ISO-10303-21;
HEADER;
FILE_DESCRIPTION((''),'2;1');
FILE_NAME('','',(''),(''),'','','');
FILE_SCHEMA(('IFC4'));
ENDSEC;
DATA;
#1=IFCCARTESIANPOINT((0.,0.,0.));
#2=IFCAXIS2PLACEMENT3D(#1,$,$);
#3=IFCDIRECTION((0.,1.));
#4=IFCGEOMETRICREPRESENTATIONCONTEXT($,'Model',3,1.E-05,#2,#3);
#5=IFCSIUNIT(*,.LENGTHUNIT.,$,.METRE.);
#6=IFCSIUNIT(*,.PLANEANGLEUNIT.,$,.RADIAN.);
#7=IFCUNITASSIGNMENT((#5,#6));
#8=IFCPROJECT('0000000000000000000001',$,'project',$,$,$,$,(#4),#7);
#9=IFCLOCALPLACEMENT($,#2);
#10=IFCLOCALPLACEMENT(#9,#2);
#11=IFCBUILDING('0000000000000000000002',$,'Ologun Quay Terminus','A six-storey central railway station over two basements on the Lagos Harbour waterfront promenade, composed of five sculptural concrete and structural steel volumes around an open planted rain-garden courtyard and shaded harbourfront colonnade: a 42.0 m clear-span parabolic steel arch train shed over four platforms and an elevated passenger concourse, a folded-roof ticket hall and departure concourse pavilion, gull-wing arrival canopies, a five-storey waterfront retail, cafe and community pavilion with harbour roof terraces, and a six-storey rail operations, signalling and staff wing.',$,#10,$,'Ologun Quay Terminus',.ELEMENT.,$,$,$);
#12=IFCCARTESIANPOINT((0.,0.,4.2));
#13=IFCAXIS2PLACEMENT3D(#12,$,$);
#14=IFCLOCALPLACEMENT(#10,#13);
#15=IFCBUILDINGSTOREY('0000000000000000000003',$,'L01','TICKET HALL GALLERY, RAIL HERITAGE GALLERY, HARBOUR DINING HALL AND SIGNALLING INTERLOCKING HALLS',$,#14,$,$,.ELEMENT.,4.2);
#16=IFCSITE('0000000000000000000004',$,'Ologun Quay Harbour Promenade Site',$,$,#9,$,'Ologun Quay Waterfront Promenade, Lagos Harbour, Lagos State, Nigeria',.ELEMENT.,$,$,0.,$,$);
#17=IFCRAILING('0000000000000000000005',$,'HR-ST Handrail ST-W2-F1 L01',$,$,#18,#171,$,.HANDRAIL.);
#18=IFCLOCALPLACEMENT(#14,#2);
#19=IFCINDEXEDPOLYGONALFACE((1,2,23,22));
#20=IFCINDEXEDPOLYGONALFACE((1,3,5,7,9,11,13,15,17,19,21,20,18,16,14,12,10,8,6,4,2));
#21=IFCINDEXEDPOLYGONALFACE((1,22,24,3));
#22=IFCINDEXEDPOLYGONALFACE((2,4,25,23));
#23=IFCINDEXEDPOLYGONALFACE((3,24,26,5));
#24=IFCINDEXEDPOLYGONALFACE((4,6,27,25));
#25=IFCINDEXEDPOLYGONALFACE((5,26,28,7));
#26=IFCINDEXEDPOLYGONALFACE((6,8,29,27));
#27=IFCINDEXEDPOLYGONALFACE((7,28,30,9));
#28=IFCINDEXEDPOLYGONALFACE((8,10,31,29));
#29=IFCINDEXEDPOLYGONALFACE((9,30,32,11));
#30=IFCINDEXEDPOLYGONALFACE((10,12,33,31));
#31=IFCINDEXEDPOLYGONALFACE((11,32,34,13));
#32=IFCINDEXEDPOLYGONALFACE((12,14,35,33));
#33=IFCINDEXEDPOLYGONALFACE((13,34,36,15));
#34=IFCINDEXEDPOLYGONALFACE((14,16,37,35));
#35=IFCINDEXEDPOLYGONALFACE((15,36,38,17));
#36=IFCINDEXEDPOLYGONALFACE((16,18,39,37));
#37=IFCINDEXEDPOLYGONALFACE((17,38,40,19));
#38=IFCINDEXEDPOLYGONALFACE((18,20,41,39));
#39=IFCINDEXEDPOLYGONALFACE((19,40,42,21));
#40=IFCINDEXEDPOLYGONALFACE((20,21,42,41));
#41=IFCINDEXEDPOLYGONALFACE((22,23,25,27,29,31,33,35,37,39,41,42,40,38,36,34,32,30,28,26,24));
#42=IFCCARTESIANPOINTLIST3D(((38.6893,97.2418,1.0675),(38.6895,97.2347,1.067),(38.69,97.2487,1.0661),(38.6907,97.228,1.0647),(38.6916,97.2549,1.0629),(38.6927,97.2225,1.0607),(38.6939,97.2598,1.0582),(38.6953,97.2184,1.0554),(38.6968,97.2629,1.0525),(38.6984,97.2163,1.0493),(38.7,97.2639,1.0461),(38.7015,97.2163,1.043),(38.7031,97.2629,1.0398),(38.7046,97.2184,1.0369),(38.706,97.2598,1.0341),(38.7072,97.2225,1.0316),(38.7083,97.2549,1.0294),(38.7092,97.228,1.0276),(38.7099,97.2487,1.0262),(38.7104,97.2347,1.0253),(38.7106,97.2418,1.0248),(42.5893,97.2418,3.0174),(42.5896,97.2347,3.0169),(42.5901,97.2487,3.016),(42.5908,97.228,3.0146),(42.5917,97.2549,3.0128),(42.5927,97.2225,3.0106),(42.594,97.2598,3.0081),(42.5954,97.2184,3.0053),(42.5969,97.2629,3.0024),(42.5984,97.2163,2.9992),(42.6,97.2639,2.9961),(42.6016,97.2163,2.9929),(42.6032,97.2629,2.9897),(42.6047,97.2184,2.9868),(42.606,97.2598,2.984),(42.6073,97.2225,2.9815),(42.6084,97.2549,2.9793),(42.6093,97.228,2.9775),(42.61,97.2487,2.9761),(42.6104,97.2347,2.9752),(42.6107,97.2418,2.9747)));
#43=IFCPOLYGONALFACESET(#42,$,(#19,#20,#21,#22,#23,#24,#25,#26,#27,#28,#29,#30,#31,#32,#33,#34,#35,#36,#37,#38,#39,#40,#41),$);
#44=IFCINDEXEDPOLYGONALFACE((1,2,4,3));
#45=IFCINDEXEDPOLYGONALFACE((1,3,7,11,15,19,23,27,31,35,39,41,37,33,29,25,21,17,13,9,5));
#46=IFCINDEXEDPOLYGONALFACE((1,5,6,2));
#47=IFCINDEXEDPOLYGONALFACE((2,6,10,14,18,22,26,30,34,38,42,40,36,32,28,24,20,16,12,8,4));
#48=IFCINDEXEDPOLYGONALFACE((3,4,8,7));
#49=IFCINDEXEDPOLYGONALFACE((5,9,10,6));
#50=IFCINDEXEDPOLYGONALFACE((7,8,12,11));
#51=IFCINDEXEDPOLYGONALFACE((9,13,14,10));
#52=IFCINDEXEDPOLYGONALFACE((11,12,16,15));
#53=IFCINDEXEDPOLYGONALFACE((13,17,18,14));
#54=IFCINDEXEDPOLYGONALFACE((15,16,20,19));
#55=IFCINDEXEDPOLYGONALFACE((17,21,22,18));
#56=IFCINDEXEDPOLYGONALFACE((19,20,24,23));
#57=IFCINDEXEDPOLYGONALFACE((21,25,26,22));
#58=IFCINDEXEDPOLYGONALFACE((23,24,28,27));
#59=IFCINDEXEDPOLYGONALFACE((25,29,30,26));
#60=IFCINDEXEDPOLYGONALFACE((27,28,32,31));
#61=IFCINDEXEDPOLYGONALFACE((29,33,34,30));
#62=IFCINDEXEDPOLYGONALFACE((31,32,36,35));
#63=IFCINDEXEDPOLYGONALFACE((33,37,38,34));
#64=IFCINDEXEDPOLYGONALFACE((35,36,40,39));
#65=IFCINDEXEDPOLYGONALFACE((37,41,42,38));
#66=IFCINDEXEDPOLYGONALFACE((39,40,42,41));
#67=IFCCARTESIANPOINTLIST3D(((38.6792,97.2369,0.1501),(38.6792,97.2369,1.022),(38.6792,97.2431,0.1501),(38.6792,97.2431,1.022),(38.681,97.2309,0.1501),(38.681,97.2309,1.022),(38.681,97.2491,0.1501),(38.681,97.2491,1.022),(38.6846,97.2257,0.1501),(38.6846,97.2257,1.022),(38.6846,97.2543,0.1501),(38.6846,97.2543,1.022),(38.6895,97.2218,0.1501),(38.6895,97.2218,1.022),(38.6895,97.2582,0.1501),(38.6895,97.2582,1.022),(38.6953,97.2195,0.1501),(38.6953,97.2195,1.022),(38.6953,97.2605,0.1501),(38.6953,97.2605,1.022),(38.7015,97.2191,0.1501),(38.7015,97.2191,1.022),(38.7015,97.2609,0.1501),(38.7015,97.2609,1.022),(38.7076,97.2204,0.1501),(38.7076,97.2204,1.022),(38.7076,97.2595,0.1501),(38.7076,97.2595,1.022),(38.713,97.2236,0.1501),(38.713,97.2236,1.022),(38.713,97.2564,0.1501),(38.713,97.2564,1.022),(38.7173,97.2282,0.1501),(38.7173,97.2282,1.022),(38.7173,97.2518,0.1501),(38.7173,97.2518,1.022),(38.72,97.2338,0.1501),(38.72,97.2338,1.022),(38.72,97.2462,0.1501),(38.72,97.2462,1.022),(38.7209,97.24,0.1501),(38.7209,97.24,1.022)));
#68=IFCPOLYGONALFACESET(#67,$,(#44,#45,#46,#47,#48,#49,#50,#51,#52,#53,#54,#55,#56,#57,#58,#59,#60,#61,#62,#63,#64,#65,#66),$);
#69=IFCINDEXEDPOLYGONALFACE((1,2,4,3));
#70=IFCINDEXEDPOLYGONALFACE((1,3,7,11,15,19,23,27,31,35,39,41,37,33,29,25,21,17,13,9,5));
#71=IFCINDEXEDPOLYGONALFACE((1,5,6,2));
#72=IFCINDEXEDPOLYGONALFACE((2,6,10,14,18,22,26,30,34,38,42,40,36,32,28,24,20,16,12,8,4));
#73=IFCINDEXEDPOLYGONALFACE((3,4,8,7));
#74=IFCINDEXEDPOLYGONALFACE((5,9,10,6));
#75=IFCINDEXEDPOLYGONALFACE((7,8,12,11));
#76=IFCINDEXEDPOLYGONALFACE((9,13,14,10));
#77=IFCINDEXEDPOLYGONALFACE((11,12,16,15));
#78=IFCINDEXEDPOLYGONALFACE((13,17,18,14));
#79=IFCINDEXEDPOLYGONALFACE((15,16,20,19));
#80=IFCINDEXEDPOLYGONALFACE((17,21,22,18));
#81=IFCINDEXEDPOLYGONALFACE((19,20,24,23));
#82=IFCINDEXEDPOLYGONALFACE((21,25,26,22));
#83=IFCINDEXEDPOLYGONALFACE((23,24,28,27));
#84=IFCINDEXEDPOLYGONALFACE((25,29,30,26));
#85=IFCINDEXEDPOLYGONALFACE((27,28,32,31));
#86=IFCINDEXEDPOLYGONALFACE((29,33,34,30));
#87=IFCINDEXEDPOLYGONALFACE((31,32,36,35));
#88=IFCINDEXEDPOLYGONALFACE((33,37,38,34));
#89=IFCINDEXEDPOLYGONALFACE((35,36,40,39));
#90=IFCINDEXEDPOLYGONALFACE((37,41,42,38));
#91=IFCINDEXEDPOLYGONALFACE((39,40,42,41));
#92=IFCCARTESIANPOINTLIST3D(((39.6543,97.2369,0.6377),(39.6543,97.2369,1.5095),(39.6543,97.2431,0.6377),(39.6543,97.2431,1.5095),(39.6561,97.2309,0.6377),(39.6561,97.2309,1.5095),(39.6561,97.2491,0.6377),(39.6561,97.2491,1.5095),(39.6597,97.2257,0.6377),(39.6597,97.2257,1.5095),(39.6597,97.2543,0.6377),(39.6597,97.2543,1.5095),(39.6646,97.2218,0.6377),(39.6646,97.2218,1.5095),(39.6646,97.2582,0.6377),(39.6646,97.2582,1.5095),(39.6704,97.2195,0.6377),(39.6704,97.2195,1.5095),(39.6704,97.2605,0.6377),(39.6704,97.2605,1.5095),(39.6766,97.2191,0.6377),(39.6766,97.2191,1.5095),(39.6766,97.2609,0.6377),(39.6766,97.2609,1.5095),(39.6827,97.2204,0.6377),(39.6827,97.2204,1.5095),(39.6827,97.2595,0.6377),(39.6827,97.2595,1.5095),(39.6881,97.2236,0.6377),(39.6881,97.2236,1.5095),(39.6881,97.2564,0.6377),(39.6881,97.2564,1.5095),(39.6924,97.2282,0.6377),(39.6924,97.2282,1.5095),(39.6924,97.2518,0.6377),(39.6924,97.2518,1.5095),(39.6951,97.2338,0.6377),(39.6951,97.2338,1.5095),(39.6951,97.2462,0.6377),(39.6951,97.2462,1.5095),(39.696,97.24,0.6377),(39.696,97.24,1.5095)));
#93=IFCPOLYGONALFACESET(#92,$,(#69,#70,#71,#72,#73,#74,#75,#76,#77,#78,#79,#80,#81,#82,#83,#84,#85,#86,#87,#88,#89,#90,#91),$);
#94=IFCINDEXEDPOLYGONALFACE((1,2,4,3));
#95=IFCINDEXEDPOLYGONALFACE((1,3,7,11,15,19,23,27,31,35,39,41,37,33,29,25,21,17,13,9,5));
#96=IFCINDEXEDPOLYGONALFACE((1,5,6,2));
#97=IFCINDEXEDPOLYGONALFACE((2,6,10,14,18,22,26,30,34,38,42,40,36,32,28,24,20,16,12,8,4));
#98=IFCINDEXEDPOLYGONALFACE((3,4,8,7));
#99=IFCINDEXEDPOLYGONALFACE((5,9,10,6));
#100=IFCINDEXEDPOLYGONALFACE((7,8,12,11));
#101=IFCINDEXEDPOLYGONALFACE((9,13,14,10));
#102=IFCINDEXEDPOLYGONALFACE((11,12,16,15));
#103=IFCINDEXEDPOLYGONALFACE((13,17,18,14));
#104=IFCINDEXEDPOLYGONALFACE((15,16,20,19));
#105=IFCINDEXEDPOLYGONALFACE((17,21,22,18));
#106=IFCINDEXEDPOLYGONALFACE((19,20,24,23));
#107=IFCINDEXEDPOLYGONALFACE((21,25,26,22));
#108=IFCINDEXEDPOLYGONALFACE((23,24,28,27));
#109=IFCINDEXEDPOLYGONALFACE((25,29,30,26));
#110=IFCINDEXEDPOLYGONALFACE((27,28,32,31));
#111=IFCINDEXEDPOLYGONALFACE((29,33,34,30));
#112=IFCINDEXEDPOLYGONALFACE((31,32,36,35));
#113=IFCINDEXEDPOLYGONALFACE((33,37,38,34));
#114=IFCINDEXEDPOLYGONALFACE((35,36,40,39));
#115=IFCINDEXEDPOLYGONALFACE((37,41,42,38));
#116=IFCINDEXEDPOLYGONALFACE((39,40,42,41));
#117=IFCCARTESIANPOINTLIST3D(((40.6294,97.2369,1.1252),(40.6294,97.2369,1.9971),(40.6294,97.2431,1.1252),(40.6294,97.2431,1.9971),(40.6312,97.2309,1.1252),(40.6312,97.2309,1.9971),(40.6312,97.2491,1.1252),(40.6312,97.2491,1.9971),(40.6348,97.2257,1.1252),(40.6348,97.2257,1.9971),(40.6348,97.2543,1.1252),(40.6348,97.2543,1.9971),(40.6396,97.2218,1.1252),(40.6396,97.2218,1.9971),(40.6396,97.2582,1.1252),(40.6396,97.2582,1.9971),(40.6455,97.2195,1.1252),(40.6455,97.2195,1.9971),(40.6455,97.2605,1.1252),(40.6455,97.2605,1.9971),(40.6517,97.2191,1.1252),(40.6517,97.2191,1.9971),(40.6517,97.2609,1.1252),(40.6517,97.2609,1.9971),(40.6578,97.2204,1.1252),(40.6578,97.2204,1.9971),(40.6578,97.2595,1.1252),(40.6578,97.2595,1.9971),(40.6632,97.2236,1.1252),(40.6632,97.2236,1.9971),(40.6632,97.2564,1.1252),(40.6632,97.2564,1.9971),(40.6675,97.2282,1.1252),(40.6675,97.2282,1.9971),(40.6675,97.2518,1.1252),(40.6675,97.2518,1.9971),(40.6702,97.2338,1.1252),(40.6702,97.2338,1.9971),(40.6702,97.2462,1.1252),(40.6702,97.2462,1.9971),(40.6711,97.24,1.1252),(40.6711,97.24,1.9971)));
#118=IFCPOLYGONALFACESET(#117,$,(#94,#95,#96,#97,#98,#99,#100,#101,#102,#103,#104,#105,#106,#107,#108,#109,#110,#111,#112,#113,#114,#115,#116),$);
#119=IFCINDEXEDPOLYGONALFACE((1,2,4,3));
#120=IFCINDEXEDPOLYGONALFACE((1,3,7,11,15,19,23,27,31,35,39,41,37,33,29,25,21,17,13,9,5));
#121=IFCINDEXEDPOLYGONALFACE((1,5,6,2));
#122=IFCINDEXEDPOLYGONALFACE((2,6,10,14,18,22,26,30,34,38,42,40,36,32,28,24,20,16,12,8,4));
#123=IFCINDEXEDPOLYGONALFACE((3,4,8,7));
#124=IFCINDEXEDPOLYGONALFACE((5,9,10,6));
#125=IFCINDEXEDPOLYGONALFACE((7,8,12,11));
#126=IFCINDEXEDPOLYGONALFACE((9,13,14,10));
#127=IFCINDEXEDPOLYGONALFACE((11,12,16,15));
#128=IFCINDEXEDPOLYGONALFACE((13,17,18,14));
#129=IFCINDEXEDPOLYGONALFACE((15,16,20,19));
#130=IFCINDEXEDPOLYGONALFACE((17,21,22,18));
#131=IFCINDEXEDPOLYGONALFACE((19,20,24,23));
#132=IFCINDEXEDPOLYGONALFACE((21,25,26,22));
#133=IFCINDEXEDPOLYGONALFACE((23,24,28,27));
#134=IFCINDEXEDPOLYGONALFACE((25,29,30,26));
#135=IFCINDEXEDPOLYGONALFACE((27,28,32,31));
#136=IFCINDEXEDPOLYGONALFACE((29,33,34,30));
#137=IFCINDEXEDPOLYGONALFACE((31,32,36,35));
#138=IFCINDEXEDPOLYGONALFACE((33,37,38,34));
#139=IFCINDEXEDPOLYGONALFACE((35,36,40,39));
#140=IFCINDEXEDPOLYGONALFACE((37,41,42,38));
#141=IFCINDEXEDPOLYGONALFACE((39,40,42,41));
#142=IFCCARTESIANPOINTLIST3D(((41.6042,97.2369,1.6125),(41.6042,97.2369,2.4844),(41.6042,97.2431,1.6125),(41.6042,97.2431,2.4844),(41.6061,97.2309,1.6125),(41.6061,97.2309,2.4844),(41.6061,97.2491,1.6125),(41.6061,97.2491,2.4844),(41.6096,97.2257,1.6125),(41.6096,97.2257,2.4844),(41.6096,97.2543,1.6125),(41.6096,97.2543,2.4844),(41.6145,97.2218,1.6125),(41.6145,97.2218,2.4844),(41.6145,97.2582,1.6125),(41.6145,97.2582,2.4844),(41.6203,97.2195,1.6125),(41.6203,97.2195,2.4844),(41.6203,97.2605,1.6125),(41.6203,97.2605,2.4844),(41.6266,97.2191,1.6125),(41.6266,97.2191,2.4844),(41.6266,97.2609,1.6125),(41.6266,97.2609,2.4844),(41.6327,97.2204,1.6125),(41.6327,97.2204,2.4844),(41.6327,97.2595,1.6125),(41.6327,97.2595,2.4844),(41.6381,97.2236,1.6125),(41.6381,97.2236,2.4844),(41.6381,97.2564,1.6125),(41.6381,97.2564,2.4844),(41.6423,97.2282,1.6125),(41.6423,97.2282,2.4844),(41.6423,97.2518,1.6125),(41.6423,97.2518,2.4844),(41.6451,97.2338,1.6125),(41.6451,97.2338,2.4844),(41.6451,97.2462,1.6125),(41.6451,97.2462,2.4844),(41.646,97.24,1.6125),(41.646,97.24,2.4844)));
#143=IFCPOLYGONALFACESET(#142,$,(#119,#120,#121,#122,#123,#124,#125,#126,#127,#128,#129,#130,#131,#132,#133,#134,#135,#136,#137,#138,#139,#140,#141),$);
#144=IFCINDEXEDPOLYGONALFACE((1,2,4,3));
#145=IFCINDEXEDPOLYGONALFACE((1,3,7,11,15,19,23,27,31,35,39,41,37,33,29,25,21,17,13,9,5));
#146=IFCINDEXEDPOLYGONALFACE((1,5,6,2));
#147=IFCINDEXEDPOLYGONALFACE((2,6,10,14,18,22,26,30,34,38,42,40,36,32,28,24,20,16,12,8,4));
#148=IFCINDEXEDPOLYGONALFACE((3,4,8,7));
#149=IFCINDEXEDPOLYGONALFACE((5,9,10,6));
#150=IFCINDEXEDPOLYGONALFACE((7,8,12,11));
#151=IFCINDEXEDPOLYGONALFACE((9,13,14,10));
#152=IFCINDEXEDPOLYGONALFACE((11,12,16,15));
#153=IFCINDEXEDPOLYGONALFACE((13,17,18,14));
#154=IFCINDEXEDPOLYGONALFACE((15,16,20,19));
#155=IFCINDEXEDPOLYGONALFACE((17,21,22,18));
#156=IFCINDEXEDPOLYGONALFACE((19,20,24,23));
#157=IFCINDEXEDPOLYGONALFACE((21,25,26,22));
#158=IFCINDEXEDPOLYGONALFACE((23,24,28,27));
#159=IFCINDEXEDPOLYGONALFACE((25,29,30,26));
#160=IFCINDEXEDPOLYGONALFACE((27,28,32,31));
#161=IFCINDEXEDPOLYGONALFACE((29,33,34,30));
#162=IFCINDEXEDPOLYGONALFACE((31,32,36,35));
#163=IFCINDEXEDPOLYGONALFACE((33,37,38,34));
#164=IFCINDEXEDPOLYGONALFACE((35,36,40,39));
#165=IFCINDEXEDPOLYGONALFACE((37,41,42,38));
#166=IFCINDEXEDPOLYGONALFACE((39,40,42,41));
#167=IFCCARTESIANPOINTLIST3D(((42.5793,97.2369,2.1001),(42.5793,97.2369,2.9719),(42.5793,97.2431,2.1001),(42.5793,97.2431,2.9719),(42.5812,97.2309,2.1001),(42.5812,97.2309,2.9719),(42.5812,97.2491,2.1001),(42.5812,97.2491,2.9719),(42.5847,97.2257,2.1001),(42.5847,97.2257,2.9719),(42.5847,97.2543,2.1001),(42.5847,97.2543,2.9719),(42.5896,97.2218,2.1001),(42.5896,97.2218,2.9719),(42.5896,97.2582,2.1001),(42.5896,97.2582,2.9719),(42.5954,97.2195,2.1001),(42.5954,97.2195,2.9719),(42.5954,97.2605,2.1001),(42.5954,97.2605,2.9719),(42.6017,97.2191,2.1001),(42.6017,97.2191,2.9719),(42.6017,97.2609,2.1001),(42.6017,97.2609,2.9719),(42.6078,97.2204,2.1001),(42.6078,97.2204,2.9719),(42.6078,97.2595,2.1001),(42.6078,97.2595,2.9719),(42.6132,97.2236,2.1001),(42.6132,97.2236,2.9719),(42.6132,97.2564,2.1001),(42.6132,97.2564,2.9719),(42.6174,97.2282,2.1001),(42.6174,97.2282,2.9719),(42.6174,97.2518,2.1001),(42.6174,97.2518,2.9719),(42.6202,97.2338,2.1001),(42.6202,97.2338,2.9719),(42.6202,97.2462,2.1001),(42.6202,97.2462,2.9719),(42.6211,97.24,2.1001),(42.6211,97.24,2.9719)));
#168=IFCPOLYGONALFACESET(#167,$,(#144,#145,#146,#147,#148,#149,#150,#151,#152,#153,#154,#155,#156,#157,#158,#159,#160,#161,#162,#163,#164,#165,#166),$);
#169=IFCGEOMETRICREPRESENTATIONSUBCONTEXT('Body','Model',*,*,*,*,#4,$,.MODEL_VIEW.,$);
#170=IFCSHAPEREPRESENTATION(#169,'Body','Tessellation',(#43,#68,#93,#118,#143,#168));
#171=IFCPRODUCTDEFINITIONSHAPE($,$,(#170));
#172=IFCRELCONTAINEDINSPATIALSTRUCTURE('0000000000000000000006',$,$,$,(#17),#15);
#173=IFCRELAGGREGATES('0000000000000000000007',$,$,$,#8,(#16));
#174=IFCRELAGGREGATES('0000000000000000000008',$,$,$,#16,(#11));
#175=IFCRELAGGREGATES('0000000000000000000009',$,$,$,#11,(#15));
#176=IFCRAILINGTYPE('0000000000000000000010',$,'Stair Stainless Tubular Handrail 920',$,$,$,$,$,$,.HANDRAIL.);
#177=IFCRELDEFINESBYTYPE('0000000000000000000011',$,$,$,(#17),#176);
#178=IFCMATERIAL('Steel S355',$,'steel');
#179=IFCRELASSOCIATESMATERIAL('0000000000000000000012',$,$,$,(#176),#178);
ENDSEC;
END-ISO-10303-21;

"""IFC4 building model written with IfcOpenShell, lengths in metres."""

from ifc_helpers import new_model, si_unit, direction, frame, origin, origin_2d, place, context, subcontext, project, spatial, circle, extrude, material, type_object, element, save


model = new_model("IFC4")

# Units and contexts
model_context = context("Model", 3, precision=1e-05, world=origin(), true_north=direction((0.0, 1.0)))
body_context = subcontext(model_context, "Body", "Model", "MODEL_VIEW")
ifc_project = project(units=[si_unit("LENGTHUNIT", "METRE"), si_unit("PLANEANGLEUNIT", "RADIAN")], contexts=[model_context])

# Site, building, storey
site_placement = place(None, origin())
site = spatial("IfcSite", under=ifc_project, at=site_placement, Name="Ologun Quay Harbour Promenade Site", LongName="Ologun Quay Waterfront Promenade, Lagos Harbour, Lagos State, Nigeria", CompositionType="ELEMENT", RefElevation=0.0)
building_placement = place(site_placement, origin())
building = spatial("IfcBuilding", under=site, at=building_placement, Name="Ologun Quay Terminus", Description="A six-storey central railway station over two basements on the Lagos Harbour waterfront promenade, composed of five sculptural concrete and structural steel volumes around an open planted rain-garden courtyard and shaded harbourfront colonnade: a 42.0 m clear-span parabolic steel arch train shed over four platforms and an elevated passenger concourse, a folded-roof ticket hall and departure concourse pavilion, gull-wing arrival canopies, a five-storey waterfront retail, cafe and community pavilion with harbour roof terraces, and a six-storey rail operations, signalling and staff wing.", LongName="Ologun Quay Terminus", CompositionType="ELEMENT")
storey_placement = place(building_placement, frame((0.0, 0.0, 4.2)))
storey = spatial("IfcBuildingStorey", under=building, at=storey_placement, Name="L01", Description="TICKET HALL GALLERY, RAIL HERITAGE GALLERY, HARBOUR DINING HALL AND SIGNALLING INTERLOCKING HALLS", CompositionType="ELEMENT", Elevation=4.2)

# Railing
ifc_material_1 = material(Name="Steel S355", Category="steel")
railing_type_1 = type_object("IfcRailingType", Name="Stair Stainless Tubular Handrail 920", PredefinedType="HANDRAIL", material=ifc_material_1)
railing_1_placement = place(storey_placement, frame((38.7, 97.24, 0.1501)))
element("IfcRailing", 1, at=railing_1_placement, inside=storey, type_object=railing_type_1, Name="HR-ST Handrail ST-W2-F1 L01", PredefinedType="HANDRAIL", context=body_context, shape_type="SweptSolid", body=[
    extrude(circle(Radius=0.0239, at=origin_2d()), frame((0.0, 0.0, 0.896), z_axis=(0.894438, 0.0, 0.447191), x_axis=(0.0, 1.0, 0.0)), (0.0, 0.0, 1.0), 4.3604),
    extrude(circle(Radius=0.021, at=origin_2d()), origin(), (0.0, 0.0, 1.0), 0.8718),
    extrude(circle(Radius=0.021, at=origin_2d()), frame((0.9751, 0.0, 0.4875)), (0.0, 0.0, 1.0), 0.8718),
    extrude(circle(Radius=0.021, at=origin_2d()), frame((1.9502, 0.0, 0.9751)), (0.0, 0.0, 1.0), 0.8718),
    extrude(circle(Radius=0.021, at=origin_2d()), frame((2.925, 0.0, 1.4624)), (0.0, 0.0, 1.0), 0.8718),
    extrude(circle(Radius=0.021, at=origin_2d()), frame((3.9001, 0.0, 1.95)), (0.0, 0.0, 1.0), 0.8718),
])

save(model, "model.ifc")
